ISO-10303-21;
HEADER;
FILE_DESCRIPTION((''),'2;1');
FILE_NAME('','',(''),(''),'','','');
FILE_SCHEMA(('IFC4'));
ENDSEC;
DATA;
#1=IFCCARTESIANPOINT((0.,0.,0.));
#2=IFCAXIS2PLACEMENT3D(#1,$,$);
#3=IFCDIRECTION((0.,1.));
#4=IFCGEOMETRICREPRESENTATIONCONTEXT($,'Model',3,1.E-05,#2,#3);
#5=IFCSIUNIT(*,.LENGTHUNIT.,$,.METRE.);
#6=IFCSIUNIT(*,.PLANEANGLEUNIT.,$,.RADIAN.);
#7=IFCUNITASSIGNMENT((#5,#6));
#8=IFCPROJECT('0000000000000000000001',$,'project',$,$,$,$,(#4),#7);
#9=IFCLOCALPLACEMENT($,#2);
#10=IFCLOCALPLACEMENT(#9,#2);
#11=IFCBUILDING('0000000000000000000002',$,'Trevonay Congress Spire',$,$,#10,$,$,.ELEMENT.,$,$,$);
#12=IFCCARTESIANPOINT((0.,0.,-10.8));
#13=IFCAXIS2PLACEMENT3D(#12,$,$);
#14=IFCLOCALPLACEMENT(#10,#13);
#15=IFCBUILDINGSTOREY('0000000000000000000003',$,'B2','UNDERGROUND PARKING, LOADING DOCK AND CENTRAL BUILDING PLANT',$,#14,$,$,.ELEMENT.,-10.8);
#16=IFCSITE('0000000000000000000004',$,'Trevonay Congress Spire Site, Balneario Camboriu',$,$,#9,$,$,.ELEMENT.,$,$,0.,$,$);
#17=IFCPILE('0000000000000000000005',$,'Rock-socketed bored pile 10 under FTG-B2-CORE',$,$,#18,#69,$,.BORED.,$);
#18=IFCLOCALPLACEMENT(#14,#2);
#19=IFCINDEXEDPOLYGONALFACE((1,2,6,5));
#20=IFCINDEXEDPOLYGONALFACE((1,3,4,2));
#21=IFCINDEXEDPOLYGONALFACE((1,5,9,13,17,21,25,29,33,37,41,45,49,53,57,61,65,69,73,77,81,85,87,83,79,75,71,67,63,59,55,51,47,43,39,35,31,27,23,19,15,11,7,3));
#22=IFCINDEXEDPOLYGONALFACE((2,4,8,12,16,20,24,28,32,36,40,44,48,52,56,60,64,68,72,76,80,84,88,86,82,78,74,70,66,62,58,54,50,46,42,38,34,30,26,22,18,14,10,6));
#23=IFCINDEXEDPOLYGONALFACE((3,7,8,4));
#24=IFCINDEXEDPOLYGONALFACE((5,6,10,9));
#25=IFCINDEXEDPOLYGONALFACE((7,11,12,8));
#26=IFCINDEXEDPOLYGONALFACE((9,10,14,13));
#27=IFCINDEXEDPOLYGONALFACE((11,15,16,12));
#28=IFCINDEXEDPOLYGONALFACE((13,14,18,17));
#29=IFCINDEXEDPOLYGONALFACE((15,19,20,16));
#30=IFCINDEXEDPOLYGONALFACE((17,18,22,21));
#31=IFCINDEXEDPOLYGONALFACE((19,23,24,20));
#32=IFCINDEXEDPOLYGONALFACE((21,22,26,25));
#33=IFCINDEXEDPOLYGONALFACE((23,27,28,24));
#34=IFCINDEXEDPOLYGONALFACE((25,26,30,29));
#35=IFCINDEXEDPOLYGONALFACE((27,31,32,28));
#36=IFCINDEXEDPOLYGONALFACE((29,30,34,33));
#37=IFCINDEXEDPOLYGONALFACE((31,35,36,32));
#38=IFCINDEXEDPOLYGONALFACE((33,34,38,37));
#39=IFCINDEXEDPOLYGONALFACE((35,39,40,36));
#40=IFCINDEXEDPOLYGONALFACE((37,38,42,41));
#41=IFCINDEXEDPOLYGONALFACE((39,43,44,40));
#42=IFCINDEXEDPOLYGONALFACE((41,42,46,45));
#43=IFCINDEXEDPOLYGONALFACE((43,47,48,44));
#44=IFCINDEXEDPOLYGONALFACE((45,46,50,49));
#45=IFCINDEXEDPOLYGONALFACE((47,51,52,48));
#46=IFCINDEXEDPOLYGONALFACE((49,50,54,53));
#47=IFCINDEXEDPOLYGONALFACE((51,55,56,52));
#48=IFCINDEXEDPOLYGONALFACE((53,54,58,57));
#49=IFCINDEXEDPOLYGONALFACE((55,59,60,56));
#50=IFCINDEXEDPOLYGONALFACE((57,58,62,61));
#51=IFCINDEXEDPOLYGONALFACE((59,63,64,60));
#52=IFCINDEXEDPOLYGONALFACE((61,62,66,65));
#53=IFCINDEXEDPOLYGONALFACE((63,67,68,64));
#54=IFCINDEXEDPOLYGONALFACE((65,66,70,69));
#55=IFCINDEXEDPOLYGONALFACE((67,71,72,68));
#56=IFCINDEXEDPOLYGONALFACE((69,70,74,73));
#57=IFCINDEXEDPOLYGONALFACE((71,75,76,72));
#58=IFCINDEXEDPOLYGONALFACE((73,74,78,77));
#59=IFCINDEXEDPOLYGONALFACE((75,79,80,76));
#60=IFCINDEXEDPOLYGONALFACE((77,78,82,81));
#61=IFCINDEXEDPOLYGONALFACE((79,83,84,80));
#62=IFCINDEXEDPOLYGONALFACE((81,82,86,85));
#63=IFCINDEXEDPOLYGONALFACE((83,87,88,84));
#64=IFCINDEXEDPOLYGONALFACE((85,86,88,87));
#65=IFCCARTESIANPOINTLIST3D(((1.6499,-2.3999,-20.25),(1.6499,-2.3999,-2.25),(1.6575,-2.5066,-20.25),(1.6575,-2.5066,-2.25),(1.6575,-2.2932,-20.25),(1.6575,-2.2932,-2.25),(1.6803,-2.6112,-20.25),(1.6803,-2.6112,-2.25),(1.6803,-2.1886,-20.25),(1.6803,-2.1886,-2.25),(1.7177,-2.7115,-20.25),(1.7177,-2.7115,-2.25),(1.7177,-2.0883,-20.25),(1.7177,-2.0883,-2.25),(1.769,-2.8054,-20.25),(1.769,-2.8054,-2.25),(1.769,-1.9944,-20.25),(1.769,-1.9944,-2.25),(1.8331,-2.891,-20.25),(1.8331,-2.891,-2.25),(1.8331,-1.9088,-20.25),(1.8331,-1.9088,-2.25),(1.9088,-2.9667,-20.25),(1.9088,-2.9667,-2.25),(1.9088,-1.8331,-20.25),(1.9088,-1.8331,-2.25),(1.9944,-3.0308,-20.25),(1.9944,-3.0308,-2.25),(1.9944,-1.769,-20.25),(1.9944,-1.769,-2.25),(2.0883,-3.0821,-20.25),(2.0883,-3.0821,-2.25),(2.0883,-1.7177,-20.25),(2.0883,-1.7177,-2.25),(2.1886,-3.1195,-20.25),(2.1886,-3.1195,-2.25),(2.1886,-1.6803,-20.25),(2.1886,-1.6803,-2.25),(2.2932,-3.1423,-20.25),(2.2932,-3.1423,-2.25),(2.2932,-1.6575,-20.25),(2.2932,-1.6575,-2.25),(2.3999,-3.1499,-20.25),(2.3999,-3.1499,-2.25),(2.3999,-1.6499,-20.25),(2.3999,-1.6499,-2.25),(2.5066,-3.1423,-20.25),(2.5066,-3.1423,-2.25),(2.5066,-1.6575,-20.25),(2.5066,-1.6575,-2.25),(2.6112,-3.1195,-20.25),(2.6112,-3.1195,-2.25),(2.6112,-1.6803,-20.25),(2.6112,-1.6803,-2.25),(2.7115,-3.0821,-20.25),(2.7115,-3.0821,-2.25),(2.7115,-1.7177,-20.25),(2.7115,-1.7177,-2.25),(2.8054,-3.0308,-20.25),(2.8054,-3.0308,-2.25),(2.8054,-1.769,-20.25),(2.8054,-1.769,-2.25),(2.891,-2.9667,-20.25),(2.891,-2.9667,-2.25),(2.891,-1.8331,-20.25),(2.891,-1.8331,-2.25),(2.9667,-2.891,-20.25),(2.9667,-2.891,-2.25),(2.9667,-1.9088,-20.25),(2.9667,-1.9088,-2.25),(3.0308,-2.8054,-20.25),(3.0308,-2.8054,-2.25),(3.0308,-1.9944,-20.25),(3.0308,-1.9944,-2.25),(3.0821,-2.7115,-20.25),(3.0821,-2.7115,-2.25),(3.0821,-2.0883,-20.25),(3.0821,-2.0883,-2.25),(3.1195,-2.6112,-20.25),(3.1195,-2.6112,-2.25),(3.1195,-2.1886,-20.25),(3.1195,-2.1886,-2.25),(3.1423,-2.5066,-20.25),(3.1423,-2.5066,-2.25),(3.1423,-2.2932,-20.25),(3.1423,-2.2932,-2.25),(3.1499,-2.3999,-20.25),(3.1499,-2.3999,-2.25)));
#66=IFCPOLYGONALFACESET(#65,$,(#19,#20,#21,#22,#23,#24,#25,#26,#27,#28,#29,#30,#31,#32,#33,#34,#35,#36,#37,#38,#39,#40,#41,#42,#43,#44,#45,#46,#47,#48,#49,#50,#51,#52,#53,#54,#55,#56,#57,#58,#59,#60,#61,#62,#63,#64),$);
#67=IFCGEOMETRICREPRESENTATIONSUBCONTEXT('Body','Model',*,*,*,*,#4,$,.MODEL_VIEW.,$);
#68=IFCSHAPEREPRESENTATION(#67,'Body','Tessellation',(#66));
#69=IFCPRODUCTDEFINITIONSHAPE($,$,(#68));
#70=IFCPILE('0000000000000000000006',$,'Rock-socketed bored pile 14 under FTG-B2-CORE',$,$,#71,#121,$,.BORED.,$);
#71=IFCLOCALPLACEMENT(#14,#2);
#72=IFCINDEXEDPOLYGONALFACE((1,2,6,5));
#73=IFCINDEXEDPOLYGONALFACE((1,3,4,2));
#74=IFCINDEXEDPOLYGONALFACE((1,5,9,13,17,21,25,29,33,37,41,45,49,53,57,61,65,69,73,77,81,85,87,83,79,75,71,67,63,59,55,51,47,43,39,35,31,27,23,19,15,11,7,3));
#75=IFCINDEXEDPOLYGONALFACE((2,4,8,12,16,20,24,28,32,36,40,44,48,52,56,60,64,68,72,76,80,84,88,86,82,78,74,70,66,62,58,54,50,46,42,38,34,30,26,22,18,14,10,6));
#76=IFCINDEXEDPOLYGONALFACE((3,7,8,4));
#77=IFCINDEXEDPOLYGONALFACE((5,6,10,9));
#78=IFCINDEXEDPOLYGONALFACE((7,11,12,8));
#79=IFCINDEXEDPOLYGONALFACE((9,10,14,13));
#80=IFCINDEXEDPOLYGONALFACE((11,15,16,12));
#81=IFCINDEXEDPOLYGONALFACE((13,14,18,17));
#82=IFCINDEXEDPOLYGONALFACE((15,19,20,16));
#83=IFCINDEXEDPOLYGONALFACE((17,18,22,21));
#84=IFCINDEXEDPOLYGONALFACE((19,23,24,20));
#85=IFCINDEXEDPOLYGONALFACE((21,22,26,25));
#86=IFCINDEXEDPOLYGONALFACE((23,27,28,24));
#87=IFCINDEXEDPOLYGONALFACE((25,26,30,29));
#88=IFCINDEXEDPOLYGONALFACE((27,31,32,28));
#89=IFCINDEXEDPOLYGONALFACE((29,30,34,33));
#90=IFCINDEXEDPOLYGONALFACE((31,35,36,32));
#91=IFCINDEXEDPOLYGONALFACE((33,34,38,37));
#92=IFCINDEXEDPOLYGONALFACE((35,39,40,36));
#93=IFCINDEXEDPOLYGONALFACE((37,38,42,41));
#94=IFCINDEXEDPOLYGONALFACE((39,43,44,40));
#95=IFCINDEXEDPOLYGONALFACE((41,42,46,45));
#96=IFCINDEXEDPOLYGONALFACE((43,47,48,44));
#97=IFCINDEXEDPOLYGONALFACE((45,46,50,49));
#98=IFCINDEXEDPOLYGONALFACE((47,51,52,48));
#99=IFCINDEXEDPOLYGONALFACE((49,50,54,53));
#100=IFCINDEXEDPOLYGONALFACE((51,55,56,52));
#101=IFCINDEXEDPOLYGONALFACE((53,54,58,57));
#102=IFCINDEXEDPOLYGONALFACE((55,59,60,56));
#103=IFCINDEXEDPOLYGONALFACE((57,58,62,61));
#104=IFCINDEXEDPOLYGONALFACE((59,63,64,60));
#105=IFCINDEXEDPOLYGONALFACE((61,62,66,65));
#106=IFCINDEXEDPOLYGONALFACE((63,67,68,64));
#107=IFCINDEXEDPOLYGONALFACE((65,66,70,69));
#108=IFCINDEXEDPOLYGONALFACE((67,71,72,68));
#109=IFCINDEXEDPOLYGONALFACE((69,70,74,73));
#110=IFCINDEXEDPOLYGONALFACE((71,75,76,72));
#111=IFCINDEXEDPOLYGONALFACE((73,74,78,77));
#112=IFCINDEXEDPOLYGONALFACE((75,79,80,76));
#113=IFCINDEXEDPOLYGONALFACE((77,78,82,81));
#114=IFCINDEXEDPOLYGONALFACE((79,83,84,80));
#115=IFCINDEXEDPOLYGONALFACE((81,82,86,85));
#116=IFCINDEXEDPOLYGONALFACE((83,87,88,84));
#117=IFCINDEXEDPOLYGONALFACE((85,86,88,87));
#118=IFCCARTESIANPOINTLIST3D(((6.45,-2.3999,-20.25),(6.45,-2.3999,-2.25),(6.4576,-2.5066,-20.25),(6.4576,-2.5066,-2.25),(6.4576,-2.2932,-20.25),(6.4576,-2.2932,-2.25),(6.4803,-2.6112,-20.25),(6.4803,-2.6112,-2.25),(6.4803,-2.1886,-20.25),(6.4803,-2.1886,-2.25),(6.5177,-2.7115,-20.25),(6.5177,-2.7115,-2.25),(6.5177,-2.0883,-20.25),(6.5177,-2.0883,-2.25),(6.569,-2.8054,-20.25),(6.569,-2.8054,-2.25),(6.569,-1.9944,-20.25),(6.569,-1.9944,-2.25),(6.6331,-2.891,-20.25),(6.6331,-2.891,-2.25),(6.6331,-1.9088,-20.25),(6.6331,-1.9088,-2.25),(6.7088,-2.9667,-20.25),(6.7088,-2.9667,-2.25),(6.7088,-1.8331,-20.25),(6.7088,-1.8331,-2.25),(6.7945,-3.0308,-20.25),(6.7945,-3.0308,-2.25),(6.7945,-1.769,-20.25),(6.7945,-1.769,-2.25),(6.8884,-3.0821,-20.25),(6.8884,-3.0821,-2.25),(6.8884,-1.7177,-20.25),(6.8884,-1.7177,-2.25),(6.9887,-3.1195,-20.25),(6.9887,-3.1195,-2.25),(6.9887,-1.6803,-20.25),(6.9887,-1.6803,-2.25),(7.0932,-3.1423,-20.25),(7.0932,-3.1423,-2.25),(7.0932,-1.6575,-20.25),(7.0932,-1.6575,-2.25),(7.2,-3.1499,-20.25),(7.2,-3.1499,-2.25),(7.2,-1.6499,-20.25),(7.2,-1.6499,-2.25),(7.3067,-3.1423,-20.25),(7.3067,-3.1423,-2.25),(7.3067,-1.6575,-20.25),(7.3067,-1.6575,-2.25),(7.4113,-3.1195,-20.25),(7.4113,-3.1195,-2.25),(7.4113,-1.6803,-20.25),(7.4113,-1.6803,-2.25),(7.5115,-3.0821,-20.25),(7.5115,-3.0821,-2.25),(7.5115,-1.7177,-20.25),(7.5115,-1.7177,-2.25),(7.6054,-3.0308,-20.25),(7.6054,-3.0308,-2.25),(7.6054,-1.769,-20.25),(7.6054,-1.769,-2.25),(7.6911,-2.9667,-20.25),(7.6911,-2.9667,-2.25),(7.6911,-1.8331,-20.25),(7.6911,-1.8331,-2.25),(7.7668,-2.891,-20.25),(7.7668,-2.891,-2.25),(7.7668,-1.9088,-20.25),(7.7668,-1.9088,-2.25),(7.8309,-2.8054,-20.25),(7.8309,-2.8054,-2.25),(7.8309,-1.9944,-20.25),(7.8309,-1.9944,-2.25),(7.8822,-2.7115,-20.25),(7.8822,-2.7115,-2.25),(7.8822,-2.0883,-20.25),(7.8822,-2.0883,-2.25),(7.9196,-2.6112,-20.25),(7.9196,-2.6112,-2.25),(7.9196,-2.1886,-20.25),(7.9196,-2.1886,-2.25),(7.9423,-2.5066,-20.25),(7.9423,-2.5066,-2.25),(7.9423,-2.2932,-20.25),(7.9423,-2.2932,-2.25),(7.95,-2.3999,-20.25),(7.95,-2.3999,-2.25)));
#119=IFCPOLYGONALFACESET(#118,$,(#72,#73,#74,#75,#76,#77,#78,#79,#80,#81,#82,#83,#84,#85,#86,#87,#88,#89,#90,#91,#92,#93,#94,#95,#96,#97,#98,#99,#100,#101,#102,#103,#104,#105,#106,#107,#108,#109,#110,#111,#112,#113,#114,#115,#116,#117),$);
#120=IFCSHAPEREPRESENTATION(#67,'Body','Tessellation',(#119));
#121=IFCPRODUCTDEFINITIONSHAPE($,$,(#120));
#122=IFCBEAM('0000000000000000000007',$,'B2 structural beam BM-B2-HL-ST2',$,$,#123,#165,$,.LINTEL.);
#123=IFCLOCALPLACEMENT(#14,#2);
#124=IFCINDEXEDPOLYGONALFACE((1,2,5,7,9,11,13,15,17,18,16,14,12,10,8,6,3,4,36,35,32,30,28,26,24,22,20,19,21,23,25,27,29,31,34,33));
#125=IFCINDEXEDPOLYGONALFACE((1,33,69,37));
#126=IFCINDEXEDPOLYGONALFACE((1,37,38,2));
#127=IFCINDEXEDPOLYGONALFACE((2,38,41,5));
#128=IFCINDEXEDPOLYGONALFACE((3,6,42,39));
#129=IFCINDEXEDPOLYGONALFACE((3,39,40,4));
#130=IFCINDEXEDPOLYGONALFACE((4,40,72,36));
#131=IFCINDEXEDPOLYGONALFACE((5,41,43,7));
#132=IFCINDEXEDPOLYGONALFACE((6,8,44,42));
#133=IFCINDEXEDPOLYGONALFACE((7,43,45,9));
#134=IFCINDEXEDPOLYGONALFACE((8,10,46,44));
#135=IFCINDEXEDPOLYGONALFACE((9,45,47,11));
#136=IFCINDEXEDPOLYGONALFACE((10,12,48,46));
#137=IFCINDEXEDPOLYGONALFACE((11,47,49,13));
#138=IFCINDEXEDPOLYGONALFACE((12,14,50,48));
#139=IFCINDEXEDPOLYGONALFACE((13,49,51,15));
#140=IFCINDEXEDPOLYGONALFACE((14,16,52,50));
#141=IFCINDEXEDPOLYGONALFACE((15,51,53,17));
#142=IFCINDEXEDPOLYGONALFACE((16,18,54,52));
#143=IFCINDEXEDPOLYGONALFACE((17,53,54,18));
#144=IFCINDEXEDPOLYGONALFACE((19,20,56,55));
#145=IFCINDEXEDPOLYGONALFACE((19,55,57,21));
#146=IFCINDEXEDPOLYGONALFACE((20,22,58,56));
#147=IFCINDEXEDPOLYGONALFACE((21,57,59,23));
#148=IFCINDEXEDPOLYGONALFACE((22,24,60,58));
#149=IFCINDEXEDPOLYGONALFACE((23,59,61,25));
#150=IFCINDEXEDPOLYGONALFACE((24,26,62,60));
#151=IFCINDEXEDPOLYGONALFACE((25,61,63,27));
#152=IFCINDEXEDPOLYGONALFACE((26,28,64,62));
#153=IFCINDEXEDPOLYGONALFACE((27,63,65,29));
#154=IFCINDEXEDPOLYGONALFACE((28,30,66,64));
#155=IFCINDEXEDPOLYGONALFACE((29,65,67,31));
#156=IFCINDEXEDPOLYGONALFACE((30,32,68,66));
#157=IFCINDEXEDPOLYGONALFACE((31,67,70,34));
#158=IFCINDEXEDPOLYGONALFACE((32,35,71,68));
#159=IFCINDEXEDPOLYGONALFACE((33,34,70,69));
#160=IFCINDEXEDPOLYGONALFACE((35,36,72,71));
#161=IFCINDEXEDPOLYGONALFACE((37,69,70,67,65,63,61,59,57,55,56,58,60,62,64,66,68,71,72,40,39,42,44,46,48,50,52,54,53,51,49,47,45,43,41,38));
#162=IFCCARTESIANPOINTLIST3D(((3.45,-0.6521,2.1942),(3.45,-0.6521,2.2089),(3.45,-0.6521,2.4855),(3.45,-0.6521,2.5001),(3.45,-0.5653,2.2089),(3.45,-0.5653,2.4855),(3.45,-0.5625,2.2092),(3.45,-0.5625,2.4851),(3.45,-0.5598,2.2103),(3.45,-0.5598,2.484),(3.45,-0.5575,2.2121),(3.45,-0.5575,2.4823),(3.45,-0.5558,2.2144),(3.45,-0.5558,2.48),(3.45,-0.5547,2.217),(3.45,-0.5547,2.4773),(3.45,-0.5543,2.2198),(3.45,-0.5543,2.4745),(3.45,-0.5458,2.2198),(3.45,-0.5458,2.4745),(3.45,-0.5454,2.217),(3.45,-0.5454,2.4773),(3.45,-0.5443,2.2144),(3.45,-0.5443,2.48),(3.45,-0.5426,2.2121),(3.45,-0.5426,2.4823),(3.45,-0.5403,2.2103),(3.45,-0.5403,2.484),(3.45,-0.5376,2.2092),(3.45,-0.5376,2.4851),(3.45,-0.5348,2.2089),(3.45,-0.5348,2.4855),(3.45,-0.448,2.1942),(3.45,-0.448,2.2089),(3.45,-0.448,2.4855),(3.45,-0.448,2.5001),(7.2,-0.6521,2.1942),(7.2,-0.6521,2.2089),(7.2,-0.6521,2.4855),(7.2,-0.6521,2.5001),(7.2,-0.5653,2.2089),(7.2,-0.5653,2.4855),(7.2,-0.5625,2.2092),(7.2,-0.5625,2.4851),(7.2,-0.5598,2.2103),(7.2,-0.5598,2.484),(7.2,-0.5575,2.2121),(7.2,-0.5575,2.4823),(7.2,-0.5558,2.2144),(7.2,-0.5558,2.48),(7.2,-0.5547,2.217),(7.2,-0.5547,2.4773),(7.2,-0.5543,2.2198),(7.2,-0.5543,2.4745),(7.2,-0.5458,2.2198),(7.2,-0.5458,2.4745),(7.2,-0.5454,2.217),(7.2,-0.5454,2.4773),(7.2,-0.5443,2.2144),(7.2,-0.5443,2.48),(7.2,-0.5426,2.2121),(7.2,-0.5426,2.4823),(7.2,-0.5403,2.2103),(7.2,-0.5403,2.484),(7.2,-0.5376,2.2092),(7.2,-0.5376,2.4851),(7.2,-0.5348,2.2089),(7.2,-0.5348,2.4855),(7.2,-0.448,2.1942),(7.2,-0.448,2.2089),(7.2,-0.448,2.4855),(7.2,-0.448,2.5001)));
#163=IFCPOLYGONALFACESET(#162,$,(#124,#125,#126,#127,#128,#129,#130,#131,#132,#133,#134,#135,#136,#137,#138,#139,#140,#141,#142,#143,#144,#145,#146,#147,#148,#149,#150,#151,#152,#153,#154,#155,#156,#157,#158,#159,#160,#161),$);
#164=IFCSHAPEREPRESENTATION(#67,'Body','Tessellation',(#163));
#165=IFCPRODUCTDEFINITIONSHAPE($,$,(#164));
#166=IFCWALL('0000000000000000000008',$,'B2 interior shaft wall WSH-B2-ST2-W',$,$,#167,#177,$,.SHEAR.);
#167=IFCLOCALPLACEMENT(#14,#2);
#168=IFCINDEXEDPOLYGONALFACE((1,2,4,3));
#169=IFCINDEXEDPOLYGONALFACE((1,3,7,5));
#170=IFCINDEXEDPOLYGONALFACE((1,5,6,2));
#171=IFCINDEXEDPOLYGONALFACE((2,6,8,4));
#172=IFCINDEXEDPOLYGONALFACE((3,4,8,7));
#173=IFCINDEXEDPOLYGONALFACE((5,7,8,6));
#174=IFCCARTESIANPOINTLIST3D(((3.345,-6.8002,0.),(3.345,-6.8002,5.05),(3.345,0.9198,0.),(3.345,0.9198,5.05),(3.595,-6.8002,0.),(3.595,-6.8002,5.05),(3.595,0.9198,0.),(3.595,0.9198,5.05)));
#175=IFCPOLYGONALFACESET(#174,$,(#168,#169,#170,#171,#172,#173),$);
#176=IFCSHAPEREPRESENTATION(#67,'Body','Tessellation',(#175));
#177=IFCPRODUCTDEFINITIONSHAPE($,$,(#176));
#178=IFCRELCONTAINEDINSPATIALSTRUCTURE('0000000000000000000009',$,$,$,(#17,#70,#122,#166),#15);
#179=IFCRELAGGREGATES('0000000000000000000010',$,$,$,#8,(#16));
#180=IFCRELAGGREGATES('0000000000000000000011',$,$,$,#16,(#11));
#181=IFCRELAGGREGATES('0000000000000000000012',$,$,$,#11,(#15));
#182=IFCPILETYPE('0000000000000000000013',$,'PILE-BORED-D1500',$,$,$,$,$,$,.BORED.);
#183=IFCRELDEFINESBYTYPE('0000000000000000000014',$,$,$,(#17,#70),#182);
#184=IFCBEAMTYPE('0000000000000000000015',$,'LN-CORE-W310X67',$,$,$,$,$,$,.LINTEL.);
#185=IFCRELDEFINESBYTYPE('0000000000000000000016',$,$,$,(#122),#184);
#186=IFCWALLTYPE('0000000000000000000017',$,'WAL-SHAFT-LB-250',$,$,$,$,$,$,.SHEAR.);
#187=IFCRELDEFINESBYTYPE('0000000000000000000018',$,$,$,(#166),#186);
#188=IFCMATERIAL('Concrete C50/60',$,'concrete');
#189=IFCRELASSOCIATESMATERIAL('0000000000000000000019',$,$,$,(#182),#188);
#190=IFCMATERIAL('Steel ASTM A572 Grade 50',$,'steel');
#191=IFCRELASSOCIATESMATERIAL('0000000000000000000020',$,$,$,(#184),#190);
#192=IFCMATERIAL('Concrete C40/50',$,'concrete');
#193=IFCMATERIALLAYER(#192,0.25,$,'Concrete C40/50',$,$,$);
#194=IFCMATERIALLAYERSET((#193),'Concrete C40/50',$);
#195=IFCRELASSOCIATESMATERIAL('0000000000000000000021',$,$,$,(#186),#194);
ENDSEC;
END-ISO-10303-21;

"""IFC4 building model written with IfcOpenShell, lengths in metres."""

from ifc_helpers import new_model, si_unit, direction, frame, frame_2d, origin, origin_2d, place, context, subcontext, project, spatial, rectangle, circle, i_section, extrude, material, layer, layer_set, material_profile, profile_set, type_object, element, save


model = new_model("IFC4")

# Units and contexts
model_context = context("Model", 3, precision=1e-05, world=origin(), true_north=direction((0.0, 1.0)))
body_context = subcontext(model_context, "Body", "Model", "MODEL_VIEW")
ifc_project = project(units=[si_unit("LENGTHUNIT", "METRE"), si_unit("PLANEANGLEUNIT", "RADIAN")], contexts=[model_context])

# Site, building, storey
site_placement = place(None, origin())
site = spatial("IfcSite", under=ifc_project, at=site_placement, Name="Trevonay Congress Spire Site, Balneario Camboriu", CompositionType="ELEMENT", RefElevation=0.0)
building_placement = place(site_placement, origin())
building = spatial("IfcBuilding", under=site, at=building_placement, Name="Trevonay Congress Spire", CompositionType="ELEMENT")
storey_placement = place(building_placement, frame((0.0, 0.0, -10.8)))
storey = spatial("IfcBuildingStorey", under=building, at=storey_placement, Name="B2", Description="UNDERGROUND PARKING, LOADING DOCK AND CENTRAL BUILDING PLANT", CompositionType="ELEMENT", Elevation=-10.8)

# Piles
ifc_material_1 = material(Name="Concrete C50/60", Category="concrete")
ifc_material_profile_1 = material_profile(ifc_material_1, circle(Radius=0.75, at=origin_2d()), Name="PILE D1500")
ifc_profile_set_1 = profile_set([ifc_material_profile_1], Name="Concrete C50/60")
pile_type = type_object("IfcPileType", Name="PILE-BORED-D1500", PredefinedType="BORED", material=ifc_profile_set_1)
for number, where, z_axis, x_axis, name in (
    (1, (2.3999, -2.3999, -2.25), (0.0, 0.0, -1.0), (1.0, 0.0, 0.0), "Rock-socketed bored pile 10 under FTG-B2-CORE"),
    (2, (7.2, -2.3999, -2.25), (0.0, 0.0, -1.0), (1.0, 0.0, 0.0), "Rock-socketed bored pile 14 under FTG-B2-CORE"),
):
    element("IfcPile", number, at=place(storey_placement, frame(where, z_axis=z_axis, x_axis=x_axis)), inside=storey, type_object=pile_type, Name=name, PredefinedType="BORED", context=body_context, shape_type="SweptSolid", body=[
        extrude(circle(Radius=0.75, at=origin_2d()), origin(), (0.0, 0.0, 1.0), 18.0),
    ])

# Beam
ifc_material_2 = material(Name="Steel ASTM A572 Grade 50", Category="steel")
ifc_material_profile_2 = material_profile(ifc_material_2, i_section(OverallWidth=0.2041, OverallDepth=0.3059, WebThickness=0.0085, FlangeThickness=0.0146, FilletRadius=0.011, at=origin_2d()), Name="W310x67")
ifc_profile_set_2 = profile_set([ifc_material_profile_2], Name="Steel ASTM A572 Grade 50")
beam_type = type_object("IfcBeamType", Name="LN-CORE-W310X67", PredefinedType="LINTEL", material=ifc_profile_set_2)
beam_placement = place(storey_placement, frame((3.45, -0.55, 2.3472), z_axis=(1.0, 0.0, 0.0), x_axis=(0.0, 1.0, 0.0)))
element("IfcBeam", 3, at=beam_placement, inside=storey, type_object=beam_type, Name="B2 structural beam BM-B2-HL-ST2", PredefinedType="LINTEL", context=body_context, shape_type="SweptSolid", body=[
    extrude(i_section(OverallWidth=0.2041, OverallDepth=0.3059, WebThickness=0.0085, FlangeThickness=0.0146, FilletRadius=0.011, at=origin_2d()), origin(), (0.0, 0.0, 1.0), 3.75),
])

# Wall
ifc_material_3 = material(Name="Concrete C40/50", Category="concrete")
ifc_layer_1 = layer(ifc_material_3, 0.25, Name="Concrete C40/50")
ifc_layer_set_1 = layer_set([ifc_layer_1], Name="Concrete C40/50")
wall_type = type_object("IfcWallType", Name="WAL-SHAFT-LB-250", PredefinedType="SHEAR", material=ifc_layer_set_1)
wall_placement = place(storey_placement, frame((3.47, -6.8, 0.0), z_axis=(0.0, 0.0, 1.0), x_axis=(0.0, 1.0, 0.0)))
element("IfcWall", 4, at=wall_placement, inside=storey, type_object=wall_type, Name="B2 interior shaft wall WSH-B2-ST2-W", PredefinedType="SHEAR", context=body_context, shape_type="SweptSolid", body=[
    extrude(rectangle(XDim=7.72, YDim=0.25, at=frame_2d((3.8599, 0.0))), origin(), (0.0, 0.0, 1.0), 5.05),
])

save(model, "model.ifc")
